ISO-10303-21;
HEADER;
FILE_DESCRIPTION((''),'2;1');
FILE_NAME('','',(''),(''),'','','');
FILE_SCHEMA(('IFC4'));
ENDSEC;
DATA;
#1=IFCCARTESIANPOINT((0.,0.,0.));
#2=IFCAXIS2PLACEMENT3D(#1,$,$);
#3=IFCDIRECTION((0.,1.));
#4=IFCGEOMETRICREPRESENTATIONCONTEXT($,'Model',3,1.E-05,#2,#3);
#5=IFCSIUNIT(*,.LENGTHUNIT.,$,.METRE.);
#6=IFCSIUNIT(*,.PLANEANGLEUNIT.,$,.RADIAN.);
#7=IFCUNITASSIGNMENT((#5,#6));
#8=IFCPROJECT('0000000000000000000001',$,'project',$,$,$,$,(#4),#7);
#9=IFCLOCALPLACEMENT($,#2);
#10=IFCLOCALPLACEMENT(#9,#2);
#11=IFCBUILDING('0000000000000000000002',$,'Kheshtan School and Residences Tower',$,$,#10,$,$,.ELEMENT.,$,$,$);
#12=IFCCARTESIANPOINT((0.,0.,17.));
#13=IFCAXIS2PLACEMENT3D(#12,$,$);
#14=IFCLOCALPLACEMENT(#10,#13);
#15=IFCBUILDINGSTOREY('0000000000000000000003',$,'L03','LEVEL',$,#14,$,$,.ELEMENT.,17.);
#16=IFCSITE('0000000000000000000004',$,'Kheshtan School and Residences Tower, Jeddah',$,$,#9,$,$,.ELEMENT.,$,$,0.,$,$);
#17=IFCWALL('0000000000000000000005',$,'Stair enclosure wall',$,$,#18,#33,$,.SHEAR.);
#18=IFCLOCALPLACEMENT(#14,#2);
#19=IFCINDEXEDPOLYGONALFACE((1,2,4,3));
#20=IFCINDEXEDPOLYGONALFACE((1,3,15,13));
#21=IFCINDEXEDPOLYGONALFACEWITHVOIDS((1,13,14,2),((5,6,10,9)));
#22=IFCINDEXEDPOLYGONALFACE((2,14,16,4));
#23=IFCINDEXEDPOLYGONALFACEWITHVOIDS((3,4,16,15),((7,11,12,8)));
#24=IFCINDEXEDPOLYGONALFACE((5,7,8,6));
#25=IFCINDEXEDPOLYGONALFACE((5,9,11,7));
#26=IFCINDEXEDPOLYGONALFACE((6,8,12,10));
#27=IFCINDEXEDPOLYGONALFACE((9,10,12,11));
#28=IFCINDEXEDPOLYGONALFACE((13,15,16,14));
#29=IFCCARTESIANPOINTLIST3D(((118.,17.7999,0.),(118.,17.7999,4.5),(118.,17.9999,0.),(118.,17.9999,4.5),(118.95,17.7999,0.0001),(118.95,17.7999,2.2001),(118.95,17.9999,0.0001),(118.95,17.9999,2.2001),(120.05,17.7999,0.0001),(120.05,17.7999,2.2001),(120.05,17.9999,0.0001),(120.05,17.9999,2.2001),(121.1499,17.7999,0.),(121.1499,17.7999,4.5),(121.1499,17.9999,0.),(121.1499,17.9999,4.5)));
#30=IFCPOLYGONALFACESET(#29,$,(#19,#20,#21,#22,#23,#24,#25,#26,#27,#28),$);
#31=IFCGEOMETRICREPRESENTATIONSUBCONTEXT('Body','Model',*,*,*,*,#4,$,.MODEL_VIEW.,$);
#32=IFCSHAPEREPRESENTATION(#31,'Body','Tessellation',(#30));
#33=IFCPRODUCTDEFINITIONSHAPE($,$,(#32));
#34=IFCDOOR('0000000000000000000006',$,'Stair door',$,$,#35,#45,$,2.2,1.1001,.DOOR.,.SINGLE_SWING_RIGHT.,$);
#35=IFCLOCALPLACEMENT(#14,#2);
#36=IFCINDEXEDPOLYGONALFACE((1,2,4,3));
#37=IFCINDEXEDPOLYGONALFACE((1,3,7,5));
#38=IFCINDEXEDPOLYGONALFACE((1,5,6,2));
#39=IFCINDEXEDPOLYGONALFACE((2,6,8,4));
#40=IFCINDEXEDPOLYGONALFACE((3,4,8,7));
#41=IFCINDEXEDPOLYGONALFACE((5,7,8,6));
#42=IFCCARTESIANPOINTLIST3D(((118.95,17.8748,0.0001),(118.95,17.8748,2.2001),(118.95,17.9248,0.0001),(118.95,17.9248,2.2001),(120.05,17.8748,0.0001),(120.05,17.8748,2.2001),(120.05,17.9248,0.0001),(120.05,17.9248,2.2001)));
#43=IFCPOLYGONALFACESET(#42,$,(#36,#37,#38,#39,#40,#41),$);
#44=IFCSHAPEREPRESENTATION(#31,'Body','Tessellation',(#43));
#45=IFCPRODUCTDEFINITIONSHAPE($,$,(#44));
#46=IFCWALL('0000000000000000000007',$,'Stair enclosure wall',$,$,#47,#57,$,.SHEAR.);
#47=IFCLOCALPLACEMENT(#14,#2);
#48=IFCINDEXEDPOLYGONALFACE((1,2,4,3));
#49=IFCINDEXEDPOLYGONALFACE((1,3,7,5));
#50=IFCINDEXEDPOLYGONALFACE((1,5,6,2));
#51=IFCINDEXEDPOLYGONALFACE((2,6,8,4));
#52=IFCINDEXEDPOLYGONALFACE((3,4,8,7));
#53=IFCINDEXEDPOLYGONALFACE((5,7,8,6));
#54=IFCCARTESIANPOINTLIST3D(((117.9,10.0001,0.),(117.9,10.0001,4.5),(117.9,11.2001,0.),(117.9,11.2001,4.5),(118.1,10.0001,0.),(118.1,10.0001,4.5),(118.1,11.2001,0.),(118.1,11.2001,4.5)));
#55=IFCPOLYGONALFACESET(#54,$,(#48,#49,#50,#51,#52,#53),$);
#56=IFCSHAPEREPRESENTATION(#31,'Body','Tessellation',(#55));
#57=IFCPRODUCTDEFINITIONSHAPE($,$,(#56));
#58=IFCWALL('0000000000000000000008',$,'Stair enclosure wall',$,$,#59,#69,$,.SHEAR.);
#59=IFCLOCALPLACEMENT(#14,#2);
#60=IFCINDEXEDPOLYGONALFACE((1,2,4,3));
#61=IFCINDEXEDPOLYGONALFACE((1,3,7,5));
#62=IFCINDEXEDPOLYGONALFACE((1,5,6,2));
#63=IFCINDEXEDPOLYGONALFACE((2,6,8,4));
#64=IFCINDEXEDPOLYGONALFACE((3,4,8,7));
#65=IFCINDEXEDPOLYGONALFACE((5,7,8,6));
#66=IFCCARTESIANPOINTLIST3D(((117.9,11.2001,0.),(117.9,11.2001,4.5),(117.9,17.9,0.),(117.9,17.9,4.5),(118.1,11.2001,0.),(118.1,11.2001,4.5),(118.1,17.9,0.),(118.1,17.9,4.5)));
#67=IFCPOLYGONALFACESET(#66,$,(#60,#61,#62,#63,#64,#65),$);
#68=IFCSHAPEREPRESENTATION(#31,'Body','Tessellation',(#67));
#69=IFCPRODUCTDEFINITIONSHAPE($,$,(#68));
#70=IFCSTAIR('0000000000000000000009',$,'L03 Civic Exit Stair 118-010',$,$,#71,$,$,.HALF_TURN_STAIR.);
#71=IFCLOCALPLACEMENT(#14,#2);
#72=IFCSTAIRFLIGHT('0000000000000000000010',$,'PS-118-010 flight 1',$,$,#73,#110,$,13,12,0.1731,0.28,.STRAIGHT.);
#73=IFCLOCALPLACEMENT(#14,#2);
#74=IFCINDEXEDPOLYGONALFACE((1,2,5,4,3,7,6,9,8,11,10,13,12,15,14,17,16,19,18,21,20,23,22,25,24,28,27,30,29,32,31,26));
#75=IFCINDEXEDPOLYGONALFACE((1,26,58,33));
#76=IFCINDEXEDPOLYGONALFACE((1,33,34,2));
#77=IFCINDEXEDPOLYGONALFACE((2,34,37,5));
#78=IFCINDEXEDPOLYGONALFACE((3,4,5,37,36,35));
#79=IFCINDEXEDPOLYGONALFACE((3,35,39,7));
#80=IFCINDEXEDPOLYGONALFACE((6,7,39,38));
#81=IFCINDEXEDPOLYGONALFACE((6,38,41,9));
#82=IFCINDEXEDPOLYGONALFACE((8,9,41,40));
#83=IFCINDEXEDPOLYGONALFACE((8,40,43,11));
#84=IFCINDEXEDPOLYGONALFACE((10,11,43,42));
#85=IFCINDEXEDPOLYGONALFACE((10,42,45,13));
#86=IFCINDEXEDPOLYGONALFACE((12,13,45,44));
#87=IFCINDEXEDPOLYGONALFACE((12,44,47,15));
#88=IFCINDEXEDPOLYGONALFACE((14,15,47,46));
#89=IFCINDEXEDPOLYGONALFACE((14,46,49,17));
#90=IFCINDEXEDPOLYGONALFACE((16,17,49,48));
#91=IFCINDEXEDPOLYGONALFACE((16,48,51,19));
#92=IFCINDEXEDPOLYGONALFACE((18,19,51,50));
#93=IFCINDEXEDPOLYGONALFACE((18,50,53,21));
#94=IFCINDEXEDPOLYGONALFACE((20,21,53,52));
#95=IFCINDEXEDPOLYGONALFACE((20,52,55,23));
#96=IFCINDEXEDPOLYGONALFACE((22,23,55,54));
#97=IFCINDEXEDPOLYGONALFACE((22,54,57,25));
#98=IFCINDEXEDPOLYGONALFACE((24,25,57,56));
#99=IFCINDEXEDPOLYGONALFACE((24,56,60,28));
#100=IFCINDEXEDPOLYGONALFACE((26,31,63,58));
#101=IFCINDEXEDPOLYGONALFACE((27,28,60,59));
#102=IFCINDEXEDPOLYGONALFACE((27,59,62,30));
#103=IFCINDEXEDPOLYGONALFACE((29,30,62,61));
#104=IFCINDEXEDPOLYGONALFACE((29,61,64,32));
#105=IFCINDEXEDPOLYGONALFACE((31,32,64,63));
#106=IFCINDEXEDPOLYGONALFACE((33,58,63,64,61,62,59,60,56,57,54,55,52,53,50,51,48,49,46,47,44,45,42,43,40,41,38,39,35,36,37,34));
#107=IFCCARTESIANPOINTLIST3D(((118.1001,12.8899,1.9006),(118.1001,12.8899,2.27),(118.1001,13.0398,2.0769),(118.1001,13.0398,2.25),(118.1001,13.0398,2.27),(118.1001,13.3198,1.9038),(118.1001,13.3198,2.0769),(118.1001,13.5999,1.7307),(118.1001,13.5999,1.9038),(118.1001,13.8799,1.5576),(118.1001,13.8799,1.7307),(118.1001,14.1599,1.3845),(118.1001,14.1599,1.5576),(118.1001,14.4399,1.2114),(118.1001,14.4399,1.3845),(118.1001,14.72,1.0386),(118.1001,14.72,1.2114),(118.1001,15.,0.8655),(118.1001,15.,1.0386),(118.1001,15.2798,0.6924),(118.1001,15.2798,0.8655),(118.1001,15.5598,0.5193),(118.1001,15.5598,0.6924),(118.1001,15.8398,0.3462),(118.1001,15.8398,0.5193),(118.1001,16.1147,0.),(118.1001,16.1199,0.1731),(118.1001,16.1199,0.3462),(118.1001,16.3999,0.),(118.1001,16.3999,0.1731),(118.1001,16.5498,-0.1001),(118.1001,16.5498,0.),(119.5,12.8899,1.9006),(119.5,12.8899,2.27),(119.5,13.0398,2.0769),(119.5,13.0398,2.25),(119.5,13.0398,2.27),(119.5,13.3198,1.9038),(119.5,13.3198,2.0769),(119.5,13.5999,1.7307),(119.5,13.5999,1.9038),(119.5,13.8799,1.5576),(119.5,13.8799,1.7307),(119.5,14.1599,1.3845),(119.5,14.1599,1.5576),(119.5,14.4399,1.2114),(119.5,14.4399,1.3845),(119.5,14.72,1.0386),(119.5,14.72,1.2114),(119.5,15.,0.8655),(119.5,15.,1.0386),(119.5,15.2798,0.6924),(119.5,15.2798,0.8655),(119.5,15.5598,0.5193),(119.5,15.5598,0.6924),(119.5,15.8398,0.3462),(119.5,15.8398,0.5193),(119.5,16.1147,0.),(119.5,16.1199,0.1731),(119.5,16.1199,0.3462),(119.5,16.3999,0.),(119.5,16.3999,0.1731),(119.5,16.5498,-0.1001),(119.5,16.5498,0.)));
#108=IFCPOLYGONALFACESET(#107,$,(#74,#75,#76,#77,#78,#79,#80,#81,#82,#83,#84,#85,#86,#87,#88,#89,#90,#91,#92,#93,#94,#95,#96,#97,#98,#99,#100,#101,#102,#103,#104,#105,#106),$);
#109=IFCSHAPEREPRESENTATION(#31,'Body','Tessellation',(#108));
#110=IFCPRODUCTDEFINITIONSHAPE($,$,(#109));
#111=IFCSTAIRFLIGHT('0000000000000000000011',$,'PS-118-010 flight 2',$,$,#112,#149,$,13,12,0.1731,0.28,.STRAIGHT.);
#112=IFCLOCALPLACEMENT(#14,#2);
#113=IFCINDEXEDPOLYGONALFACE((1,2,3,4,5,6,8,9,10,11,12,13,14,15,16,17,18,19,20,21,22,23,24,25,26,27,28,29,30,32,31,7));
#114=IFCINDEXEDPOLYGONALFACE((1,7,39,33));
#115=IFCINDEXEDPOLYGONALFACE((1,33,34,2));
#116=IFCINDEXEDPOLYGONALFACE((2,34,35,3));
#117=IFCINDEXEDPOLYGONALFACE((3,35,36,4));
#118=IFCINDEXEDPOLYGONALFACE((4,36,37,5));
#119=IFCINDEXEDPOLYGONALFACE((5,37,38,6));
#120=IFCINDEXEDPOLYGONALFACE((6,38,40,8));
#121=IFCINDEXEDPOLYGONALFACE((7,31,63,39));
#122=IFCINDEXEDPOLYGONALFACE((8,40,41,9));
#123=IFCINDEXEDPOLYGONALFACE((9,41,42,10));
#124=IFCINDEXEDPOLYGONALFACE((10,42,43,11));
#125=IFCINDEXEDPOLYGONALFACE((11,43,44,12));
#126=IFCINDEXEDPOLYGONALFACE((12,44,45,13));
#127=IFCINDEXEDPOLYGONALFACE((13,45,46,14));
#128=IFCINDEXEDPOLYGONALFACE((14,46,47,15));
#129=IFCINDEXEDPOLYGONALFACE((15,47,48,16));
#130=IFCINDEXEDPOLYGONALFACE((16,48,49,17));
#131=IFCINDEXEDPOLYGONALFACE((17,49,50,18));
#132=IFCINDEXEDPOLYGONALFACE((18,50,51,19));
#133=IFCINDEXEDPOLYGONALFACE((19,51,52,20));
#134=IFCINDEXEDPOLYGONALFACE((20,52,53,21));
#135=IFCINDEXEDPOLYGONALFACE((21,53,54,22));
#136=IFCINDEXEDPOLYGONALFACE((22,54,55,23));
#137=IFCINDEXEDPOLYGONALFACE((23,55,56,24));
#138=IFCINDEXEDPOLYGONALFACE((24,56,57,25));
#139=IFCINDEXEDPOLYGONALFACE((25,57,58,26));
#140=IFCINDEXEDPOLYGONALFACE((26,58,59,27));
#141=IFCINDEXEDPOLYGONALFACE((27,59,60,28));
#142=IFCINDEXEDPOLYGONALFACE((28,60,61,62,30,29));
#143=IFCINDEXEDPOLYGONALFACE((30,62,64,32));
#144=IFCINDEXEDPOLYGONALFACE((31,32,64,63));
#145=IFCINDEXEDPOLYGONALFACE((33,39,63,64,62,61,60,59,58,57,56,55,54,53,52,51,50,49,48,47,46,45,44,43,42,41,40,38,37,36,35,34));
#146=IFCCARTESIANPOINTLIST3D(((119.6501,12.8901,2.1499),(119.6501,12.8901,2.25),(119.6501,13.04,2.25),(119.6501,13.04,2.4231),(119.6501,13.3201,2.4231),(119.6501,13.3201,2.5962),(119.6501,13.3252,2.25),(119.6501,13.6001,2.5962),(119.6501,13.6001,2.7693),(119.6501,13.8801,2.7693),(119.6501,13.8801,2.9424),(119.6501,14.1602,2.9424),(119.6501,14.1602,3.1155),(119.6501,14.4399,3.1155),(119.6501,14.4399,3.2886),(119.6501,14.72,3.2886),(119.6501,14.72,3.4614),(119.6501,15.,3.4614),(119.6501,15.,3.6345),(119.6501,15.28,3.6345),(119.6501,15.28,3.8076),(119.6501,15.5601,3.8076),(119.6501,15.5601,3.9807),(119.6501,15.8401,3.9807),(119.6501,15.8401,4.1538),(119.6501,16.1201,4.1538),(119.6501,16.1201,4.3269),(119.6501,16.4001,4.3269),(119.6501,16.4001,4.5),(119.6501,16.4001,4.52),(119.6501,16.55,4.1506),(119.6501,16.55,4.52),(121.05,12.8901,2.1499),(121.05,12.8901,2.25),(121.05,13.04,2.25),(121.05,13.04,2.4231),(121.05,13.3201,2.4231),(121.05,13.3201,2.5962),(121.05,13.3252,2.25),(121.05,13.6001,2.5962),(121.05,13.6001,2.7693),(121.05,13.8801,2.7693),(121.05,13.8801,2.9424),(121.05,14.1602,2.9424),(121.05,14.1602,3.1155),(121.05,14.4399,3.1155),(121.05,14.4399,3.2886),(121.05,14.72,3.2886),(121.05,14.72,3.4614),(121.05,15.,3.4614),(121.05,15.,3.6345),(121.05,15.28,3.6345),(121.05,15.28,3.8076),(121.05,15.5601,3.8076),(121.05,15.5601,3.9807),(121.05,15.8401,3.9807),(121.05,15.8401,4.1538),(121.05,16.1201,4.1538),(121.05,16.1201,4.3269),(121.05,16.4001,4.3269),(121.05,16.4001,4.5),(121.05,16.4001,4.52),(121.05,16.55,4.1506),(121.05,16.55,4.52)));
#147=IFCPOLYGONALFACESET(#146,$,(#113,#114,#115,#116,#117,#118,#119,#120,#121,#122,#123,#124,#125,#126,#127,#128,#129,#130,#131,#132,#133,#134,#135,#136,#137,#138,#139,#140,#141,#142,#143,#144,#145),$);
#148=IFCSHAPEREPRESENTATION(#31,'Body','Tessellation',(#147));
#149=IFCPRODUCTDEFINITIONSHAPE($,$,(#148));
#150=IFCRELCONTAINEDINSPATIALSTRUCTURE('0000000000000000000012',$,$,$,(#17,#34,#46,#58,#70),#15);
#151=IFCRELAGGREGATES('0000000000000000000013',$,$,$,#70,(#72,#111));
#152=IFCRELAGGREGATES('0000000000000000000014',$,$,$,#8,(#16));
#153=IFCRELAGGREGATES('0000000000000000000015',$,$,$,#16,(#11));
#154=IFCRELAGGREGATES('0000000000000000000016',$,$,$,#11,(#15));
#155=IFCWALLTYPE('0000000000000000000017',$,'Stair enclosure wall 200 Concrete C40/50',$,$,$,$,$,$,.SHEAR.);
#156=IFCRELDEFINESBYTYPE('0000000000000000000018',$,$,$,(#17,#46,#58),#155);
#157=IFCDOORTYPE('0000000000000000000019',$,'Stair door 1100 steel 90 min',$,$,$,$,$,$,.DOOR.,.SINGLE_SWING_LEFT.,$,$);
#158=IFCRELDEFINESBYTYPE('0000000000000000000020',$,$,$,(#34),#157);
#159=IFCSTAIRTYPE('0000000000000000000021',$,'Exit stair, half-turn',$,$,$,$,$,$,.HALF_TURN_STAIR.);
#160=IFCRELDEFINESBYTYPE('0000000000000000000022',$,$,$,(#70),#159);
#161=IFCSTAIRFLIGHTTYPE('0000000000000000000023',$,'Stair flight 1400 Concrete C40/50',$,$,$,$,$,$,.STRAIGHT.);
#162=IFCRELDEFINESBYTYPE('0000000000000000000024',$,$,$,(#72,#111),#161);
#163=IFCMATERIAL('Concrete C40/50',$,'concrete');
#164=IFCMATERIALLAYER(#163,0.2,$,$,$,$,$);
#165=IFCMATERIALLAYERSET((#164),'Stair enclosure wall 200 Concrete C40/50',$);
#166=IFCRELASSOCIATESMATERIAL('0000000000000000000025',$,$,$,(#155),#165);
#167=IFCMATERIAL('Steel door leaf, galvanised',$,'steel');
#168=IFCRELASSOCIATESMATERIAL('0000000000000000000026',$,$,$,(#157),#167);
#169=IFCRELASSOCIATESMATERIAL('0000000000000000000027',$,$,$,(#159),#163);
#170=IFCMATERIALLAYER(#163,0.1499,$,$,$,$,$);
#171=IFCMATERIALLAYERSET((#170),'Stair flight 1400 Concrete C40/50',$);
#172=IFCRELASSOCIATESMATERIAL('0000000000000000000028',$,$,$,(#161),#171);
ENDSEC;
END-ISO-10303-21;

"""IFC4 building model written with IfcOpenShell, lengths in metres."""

from ifc_helpers import new_model, si_unit, direction, frame, frame_2d, origin, place, context, subcontext, project, spatial, polyline, rectangle, outline, extrude, source, transform, mapped, material, layer, layer_set, type_object, element, fill, aggregate, save


model = new_model("IFC4")

# Units and contexts
model_context = context("Model", 3, precision=1e-05, world=origin(), true_north=direction((0.0, 1.0)))
body_context = subcontext(model_context, "Body", "Model", "MODEL_VIEW")
ifc_project = project(units=[si_unit("LENGTHUNIT", "METRE"), si_unit("PLANEANGLEUNIT", "RADIAN")], contexts=[model_context])

# Site, building, storey
site_placement = place(None, origin())
site = spatial("IfcSite", under=ifc_project, at=site_placement, Name="Kheshtan School and Residences Tower, Jeddah", CompositionType="ELEMENT", RefElevation=0.0)
building_placement = place(site_placement, origin())
building = spatial("IfcBuilding", under=site, at=building_placement, Name="Kheshtan School and Residences Tower", CompositionType="ELEMENT")
storey_placement = place(building_placement, frame((0.0, 0.0, 17.0)))
storey = spatial("IfcBuildingStorey", under=building, at=storey_placement, Name="L03", Description="LEVEL", CompositionType="ELEMENT", Elevation=17.0)

# Wall, opening, door
ifc_material_1 = material(Name="Concrete C40/50", Category="concrete")
ifc_layer_1 = layer(ifc_material_1, 0.2)
ifc_layer_set_1 = layer_set([ifc_layer_1], Name="Stair enclosure wall 200 Concrete C40/50")
wall_type_1 = type_object("IfcWallType", Name="Stair enclosure wall 200 Concrete C40/50", PredefinedType="SHEAR", material=ifc_layer_set_1)
wall_1_placement = place(storey_placement, frame((118.0, 17.8999, 0.0), z_axis=(0.0, 0.0, 1.0), x_axis=(1.0, 0.0, 0.0)))
wall_1 = element("IfcWall", 1, at=wall_1_placement, inside=storey, type_object=wall_type_1, Name="Stair enclosure wall", PredefinedType="SHEAR", context=body_context, shape_type="SweptSolid", body=[
    extrude(rectangle(XDim=3.1499, YDim=0.2, at=frame_2d((1.575, 0.0))), origin(), (0.0, 0.0, 1.0), 4.5),
])
opening_placement = place(wall_1_placement, frame((0.95, 0.0, 0.0)))
opening = element("IfcOpeningElement", 2, at=opening_placement, cuts=wall_1, PredefinedType="OPENING", context=body_context, shape_type="SweptSolid", body=[
    extrude(rectangle(XDim=1.1001, YDim=2.2, at=frame_2d((0.55, 1.1001))), frame((0.0, 0.1099, 0.0), z_axis=(0.0, -1.0, 0.0), x_axis=(1.0, 0.0, 0.0)), (0.0, 0.0, 1.0), 0.22),
])
ifc_material_2 = material(Name="Steel door leaf, galvanised", Category="steel")
door_type = type_object("IfcDoorType", Name="Stair door 1100 steel 90 min", OperationType="SINGLE_SWING_LEFT", PredefinedType="DOOR", material=ifc_material_2)
shared_shape = source(origin(), body_context, "Body", "SweptSolid", [
    extrude(rectangle(XDim=1.1001, YDim=2.2, at=frame_2d((0.55, 1.1001))), frame((0.0, 0.0249, 0.0), z_axis=(0.0, -1.0, 0.0), x_axis=(1.0, 0.0, 0.0)), (0.0, 0.0, 1.0), 0.05),
])
door_placement = place(opening_placement, origin())
door = element("IfcDoor", 3, at=door_placement, inside=storey, type_object=door_type, Name="Stair door", OperationType="SINGLE_SWING_RIGHT", OverallHeight=2.2, OverallWidth=1.1001, PredefinedType="DOOR", context=body_context, shape_type="MappedRepresentation", body=[
    mapped(shared_shape, transform((0.0, 0.0, 0.0), x_axis=(1.0, 0.0, 0.0), y_axis=(0.0, 1.0, 0.0), z_axis=(0.0, 0.0, 1.0), scale=1.0)),
])
fill(opening, door)

# Walls
wall_2_placement = place(storey_placement, frame((118.0, 10.0, 0.0), z_axis=(0.0, 0.0, 1.0), x_axis=(0.0, 1.0, 0.0)))
element("IfcWall", 4, at=wall_2_placement, inside=storey, type_object=wall_type_1, Name="Stair enclosure wall", PredefinedType="SHEAR", context=body_context, shape_type="SweptSolid", body=[
    extrude(rectangle(XDim=1.2, YDim=0.2, at=frame_2d((0.6001, 0.0))), origin(), (0.0, 0.0, 1.0), 4.5),
])
wall_3_placement = place(storey_placement, frame((118.0, 11.2, 0.0), z_axis=(0.0, 0.0, 1.0), x_axis=(0.0, 1.0, 0.0)))
element("IfcWall", 5, at=wall_3_placement, inside=storey, type_object=wall_type_1, Name="Stair enclosure wall", PredefinedType="SHEAR", context=body_context, shape_type="SweptSolid", body=[
    extrude(rectangle(XDim=6.7, YDim=0.2, at=frame_2d((3.3501, 0.0))), origin(), (0.0, 0.0, 1.0), 4.5),
])

# Stair, stair flights
stair_type = type_object("IfcStairType", Name="Exit stair, half-turn", PredefinedType="HALF_TURN_STAIR", material=ifc_material_1)
stair_placement = place(storey_placement, origin())
stair = element("IfcStair", 6, at=stair_placement, inside=storey, type_object=stair_type, Name="L03 Civic Exit Stair 118-010", PredefinedType="HALF_TURN_STAIR")
ifc_layer_2 = layer(ifc_material_1, 0.1499)
ifc_layer_set_2 = layer_set([ifc_layer_2], Name="Stair flight 1400 Concrete C40/50")
stair_flight_type = type_object("IfcStairFlightType", Name="Stair flight 1400 Concrete C40/50", PredefinedType="STRAIGHT", material=ifc_layer_set_2)
stair_flight_1_placement = place(storey_placement, frame((118.8, 16.3999, 0.0), z_axis=(0.0, 0.0, 1.0), x_axis=(0.0, -1.0, 0.0)))
stair_flight_1 = element("IfcStairFlight", 7, at=stair_flight_1_placement, type_object=stair_flight_type, Name="PS-118-010 flight 1", NumberOfRisers=13, NumberOfTreads=12, PredefinedType="STRAIGHT", RiserHeight=0.1731, TreadLength=0.28, context=body_context, shape_type="SweptSolid", body=[
    extrude(outline(polyline([(-0.1499, -0.1001), (-0.1499, 0.0), (0.0, 0.0), (0.0, 0.1731), (0.28, 0.1731), (0.28, 0.3462), (0.5601, 0.3462), (0.5601, 0.5193), (0.8401, 0.5193), (0.8401, 0.6924), (1.1201, 0.6924), (1.1201, 0.8655), (1.3999, 0.8655), (1.3999, 1.0386), (1.6799, 1.0386), (1.6799, 1.2114), (1.96, 1.2114), (1.96, 1.3845), (2.24, 1.3845), (2.24, 1.5576), (2.52, 1.5576), (2.52, 1.7307), (2.8, 1.7307), (2.8, 1.9038), (3.0801, 1.9038), (3.0801, 2.0769), (3.3601, 2.0769), (3.3601, 2.25), (3.3601, 2.27), (3.51, 2.27), (3.51, 1.9006), (0.2852, 0.0), (-0.1499, -0.1001)])), frame((0.0, 0.7, 0.0), z_axis=(0.0, -1.0, 0.0), x_axis=(1.0, 0.0, 0.0)), (0.0, 0.0, 1.0), 1.3999),
])
stair_flight_2_placement = place(storey_placement, frame((120.3501, 13.04, 2.25), z_axis=(0.0, 0.0, 1.0), x_axis=(0.0, 1.0, 0.0)))
stair_flight_2 = element("IfcStairFlight", 8, at=stair_flight_2_placement, type_object=stair_flight_type, Name="PS-118-010 flight 2", NumberOfRisers=13, NumberOfTreads=12, PredefinedType="STRAIGHT", RiserHeight=0.1731, TreadLength=0.28, context=body_context, shape_type="SweptSolid", body=[
    extrude(outline(polyline([(-0.1499, -0.1001), (-0.1499, 0.0), (0.0, 0.0), (0.0, 0.1731), (0.28, 0.1731), (0.28, 0.3462), (0.5601, 0.3462), (0.5601, 0.5193), (0.8401, 0.5193), (0.8401, 0.6924), (1.1201, 0.6924), (1.1201, 0.8655), (1.3999, 0.8655), (1.3999, 1.0386), (1.6799, 1.0386), (1.6799, 1.2114), (1.96, 1.2114), (1.96, 1.3845), (2.24, 1.3845), (2.24, 1.5576), (2.52, 1.5576), (2.52, 1.7307), (2.8, 1.7307), (2.8, 1.9038), (3.0801, 1.9038), (3.0801, 2.0769), (3.3601, 2.0769), (3.3601, 2.25), (3.3601, 2.27), (3.51, 2.27), (3.51, 1.9006), (0.2852, 0.0), (-0.1499, -0.1001)])), frame((0.0, 0.7, 0.0), z_axis=(0.0, -1.0, 0.0), x_axis=(1.0, 0.0, 0.0)), (0.0, 0.0, 1.0), 1.3999),
])
aggregate(stair, [stair_flight_1, stair_flight_2])

save(model, "model.ifc")
